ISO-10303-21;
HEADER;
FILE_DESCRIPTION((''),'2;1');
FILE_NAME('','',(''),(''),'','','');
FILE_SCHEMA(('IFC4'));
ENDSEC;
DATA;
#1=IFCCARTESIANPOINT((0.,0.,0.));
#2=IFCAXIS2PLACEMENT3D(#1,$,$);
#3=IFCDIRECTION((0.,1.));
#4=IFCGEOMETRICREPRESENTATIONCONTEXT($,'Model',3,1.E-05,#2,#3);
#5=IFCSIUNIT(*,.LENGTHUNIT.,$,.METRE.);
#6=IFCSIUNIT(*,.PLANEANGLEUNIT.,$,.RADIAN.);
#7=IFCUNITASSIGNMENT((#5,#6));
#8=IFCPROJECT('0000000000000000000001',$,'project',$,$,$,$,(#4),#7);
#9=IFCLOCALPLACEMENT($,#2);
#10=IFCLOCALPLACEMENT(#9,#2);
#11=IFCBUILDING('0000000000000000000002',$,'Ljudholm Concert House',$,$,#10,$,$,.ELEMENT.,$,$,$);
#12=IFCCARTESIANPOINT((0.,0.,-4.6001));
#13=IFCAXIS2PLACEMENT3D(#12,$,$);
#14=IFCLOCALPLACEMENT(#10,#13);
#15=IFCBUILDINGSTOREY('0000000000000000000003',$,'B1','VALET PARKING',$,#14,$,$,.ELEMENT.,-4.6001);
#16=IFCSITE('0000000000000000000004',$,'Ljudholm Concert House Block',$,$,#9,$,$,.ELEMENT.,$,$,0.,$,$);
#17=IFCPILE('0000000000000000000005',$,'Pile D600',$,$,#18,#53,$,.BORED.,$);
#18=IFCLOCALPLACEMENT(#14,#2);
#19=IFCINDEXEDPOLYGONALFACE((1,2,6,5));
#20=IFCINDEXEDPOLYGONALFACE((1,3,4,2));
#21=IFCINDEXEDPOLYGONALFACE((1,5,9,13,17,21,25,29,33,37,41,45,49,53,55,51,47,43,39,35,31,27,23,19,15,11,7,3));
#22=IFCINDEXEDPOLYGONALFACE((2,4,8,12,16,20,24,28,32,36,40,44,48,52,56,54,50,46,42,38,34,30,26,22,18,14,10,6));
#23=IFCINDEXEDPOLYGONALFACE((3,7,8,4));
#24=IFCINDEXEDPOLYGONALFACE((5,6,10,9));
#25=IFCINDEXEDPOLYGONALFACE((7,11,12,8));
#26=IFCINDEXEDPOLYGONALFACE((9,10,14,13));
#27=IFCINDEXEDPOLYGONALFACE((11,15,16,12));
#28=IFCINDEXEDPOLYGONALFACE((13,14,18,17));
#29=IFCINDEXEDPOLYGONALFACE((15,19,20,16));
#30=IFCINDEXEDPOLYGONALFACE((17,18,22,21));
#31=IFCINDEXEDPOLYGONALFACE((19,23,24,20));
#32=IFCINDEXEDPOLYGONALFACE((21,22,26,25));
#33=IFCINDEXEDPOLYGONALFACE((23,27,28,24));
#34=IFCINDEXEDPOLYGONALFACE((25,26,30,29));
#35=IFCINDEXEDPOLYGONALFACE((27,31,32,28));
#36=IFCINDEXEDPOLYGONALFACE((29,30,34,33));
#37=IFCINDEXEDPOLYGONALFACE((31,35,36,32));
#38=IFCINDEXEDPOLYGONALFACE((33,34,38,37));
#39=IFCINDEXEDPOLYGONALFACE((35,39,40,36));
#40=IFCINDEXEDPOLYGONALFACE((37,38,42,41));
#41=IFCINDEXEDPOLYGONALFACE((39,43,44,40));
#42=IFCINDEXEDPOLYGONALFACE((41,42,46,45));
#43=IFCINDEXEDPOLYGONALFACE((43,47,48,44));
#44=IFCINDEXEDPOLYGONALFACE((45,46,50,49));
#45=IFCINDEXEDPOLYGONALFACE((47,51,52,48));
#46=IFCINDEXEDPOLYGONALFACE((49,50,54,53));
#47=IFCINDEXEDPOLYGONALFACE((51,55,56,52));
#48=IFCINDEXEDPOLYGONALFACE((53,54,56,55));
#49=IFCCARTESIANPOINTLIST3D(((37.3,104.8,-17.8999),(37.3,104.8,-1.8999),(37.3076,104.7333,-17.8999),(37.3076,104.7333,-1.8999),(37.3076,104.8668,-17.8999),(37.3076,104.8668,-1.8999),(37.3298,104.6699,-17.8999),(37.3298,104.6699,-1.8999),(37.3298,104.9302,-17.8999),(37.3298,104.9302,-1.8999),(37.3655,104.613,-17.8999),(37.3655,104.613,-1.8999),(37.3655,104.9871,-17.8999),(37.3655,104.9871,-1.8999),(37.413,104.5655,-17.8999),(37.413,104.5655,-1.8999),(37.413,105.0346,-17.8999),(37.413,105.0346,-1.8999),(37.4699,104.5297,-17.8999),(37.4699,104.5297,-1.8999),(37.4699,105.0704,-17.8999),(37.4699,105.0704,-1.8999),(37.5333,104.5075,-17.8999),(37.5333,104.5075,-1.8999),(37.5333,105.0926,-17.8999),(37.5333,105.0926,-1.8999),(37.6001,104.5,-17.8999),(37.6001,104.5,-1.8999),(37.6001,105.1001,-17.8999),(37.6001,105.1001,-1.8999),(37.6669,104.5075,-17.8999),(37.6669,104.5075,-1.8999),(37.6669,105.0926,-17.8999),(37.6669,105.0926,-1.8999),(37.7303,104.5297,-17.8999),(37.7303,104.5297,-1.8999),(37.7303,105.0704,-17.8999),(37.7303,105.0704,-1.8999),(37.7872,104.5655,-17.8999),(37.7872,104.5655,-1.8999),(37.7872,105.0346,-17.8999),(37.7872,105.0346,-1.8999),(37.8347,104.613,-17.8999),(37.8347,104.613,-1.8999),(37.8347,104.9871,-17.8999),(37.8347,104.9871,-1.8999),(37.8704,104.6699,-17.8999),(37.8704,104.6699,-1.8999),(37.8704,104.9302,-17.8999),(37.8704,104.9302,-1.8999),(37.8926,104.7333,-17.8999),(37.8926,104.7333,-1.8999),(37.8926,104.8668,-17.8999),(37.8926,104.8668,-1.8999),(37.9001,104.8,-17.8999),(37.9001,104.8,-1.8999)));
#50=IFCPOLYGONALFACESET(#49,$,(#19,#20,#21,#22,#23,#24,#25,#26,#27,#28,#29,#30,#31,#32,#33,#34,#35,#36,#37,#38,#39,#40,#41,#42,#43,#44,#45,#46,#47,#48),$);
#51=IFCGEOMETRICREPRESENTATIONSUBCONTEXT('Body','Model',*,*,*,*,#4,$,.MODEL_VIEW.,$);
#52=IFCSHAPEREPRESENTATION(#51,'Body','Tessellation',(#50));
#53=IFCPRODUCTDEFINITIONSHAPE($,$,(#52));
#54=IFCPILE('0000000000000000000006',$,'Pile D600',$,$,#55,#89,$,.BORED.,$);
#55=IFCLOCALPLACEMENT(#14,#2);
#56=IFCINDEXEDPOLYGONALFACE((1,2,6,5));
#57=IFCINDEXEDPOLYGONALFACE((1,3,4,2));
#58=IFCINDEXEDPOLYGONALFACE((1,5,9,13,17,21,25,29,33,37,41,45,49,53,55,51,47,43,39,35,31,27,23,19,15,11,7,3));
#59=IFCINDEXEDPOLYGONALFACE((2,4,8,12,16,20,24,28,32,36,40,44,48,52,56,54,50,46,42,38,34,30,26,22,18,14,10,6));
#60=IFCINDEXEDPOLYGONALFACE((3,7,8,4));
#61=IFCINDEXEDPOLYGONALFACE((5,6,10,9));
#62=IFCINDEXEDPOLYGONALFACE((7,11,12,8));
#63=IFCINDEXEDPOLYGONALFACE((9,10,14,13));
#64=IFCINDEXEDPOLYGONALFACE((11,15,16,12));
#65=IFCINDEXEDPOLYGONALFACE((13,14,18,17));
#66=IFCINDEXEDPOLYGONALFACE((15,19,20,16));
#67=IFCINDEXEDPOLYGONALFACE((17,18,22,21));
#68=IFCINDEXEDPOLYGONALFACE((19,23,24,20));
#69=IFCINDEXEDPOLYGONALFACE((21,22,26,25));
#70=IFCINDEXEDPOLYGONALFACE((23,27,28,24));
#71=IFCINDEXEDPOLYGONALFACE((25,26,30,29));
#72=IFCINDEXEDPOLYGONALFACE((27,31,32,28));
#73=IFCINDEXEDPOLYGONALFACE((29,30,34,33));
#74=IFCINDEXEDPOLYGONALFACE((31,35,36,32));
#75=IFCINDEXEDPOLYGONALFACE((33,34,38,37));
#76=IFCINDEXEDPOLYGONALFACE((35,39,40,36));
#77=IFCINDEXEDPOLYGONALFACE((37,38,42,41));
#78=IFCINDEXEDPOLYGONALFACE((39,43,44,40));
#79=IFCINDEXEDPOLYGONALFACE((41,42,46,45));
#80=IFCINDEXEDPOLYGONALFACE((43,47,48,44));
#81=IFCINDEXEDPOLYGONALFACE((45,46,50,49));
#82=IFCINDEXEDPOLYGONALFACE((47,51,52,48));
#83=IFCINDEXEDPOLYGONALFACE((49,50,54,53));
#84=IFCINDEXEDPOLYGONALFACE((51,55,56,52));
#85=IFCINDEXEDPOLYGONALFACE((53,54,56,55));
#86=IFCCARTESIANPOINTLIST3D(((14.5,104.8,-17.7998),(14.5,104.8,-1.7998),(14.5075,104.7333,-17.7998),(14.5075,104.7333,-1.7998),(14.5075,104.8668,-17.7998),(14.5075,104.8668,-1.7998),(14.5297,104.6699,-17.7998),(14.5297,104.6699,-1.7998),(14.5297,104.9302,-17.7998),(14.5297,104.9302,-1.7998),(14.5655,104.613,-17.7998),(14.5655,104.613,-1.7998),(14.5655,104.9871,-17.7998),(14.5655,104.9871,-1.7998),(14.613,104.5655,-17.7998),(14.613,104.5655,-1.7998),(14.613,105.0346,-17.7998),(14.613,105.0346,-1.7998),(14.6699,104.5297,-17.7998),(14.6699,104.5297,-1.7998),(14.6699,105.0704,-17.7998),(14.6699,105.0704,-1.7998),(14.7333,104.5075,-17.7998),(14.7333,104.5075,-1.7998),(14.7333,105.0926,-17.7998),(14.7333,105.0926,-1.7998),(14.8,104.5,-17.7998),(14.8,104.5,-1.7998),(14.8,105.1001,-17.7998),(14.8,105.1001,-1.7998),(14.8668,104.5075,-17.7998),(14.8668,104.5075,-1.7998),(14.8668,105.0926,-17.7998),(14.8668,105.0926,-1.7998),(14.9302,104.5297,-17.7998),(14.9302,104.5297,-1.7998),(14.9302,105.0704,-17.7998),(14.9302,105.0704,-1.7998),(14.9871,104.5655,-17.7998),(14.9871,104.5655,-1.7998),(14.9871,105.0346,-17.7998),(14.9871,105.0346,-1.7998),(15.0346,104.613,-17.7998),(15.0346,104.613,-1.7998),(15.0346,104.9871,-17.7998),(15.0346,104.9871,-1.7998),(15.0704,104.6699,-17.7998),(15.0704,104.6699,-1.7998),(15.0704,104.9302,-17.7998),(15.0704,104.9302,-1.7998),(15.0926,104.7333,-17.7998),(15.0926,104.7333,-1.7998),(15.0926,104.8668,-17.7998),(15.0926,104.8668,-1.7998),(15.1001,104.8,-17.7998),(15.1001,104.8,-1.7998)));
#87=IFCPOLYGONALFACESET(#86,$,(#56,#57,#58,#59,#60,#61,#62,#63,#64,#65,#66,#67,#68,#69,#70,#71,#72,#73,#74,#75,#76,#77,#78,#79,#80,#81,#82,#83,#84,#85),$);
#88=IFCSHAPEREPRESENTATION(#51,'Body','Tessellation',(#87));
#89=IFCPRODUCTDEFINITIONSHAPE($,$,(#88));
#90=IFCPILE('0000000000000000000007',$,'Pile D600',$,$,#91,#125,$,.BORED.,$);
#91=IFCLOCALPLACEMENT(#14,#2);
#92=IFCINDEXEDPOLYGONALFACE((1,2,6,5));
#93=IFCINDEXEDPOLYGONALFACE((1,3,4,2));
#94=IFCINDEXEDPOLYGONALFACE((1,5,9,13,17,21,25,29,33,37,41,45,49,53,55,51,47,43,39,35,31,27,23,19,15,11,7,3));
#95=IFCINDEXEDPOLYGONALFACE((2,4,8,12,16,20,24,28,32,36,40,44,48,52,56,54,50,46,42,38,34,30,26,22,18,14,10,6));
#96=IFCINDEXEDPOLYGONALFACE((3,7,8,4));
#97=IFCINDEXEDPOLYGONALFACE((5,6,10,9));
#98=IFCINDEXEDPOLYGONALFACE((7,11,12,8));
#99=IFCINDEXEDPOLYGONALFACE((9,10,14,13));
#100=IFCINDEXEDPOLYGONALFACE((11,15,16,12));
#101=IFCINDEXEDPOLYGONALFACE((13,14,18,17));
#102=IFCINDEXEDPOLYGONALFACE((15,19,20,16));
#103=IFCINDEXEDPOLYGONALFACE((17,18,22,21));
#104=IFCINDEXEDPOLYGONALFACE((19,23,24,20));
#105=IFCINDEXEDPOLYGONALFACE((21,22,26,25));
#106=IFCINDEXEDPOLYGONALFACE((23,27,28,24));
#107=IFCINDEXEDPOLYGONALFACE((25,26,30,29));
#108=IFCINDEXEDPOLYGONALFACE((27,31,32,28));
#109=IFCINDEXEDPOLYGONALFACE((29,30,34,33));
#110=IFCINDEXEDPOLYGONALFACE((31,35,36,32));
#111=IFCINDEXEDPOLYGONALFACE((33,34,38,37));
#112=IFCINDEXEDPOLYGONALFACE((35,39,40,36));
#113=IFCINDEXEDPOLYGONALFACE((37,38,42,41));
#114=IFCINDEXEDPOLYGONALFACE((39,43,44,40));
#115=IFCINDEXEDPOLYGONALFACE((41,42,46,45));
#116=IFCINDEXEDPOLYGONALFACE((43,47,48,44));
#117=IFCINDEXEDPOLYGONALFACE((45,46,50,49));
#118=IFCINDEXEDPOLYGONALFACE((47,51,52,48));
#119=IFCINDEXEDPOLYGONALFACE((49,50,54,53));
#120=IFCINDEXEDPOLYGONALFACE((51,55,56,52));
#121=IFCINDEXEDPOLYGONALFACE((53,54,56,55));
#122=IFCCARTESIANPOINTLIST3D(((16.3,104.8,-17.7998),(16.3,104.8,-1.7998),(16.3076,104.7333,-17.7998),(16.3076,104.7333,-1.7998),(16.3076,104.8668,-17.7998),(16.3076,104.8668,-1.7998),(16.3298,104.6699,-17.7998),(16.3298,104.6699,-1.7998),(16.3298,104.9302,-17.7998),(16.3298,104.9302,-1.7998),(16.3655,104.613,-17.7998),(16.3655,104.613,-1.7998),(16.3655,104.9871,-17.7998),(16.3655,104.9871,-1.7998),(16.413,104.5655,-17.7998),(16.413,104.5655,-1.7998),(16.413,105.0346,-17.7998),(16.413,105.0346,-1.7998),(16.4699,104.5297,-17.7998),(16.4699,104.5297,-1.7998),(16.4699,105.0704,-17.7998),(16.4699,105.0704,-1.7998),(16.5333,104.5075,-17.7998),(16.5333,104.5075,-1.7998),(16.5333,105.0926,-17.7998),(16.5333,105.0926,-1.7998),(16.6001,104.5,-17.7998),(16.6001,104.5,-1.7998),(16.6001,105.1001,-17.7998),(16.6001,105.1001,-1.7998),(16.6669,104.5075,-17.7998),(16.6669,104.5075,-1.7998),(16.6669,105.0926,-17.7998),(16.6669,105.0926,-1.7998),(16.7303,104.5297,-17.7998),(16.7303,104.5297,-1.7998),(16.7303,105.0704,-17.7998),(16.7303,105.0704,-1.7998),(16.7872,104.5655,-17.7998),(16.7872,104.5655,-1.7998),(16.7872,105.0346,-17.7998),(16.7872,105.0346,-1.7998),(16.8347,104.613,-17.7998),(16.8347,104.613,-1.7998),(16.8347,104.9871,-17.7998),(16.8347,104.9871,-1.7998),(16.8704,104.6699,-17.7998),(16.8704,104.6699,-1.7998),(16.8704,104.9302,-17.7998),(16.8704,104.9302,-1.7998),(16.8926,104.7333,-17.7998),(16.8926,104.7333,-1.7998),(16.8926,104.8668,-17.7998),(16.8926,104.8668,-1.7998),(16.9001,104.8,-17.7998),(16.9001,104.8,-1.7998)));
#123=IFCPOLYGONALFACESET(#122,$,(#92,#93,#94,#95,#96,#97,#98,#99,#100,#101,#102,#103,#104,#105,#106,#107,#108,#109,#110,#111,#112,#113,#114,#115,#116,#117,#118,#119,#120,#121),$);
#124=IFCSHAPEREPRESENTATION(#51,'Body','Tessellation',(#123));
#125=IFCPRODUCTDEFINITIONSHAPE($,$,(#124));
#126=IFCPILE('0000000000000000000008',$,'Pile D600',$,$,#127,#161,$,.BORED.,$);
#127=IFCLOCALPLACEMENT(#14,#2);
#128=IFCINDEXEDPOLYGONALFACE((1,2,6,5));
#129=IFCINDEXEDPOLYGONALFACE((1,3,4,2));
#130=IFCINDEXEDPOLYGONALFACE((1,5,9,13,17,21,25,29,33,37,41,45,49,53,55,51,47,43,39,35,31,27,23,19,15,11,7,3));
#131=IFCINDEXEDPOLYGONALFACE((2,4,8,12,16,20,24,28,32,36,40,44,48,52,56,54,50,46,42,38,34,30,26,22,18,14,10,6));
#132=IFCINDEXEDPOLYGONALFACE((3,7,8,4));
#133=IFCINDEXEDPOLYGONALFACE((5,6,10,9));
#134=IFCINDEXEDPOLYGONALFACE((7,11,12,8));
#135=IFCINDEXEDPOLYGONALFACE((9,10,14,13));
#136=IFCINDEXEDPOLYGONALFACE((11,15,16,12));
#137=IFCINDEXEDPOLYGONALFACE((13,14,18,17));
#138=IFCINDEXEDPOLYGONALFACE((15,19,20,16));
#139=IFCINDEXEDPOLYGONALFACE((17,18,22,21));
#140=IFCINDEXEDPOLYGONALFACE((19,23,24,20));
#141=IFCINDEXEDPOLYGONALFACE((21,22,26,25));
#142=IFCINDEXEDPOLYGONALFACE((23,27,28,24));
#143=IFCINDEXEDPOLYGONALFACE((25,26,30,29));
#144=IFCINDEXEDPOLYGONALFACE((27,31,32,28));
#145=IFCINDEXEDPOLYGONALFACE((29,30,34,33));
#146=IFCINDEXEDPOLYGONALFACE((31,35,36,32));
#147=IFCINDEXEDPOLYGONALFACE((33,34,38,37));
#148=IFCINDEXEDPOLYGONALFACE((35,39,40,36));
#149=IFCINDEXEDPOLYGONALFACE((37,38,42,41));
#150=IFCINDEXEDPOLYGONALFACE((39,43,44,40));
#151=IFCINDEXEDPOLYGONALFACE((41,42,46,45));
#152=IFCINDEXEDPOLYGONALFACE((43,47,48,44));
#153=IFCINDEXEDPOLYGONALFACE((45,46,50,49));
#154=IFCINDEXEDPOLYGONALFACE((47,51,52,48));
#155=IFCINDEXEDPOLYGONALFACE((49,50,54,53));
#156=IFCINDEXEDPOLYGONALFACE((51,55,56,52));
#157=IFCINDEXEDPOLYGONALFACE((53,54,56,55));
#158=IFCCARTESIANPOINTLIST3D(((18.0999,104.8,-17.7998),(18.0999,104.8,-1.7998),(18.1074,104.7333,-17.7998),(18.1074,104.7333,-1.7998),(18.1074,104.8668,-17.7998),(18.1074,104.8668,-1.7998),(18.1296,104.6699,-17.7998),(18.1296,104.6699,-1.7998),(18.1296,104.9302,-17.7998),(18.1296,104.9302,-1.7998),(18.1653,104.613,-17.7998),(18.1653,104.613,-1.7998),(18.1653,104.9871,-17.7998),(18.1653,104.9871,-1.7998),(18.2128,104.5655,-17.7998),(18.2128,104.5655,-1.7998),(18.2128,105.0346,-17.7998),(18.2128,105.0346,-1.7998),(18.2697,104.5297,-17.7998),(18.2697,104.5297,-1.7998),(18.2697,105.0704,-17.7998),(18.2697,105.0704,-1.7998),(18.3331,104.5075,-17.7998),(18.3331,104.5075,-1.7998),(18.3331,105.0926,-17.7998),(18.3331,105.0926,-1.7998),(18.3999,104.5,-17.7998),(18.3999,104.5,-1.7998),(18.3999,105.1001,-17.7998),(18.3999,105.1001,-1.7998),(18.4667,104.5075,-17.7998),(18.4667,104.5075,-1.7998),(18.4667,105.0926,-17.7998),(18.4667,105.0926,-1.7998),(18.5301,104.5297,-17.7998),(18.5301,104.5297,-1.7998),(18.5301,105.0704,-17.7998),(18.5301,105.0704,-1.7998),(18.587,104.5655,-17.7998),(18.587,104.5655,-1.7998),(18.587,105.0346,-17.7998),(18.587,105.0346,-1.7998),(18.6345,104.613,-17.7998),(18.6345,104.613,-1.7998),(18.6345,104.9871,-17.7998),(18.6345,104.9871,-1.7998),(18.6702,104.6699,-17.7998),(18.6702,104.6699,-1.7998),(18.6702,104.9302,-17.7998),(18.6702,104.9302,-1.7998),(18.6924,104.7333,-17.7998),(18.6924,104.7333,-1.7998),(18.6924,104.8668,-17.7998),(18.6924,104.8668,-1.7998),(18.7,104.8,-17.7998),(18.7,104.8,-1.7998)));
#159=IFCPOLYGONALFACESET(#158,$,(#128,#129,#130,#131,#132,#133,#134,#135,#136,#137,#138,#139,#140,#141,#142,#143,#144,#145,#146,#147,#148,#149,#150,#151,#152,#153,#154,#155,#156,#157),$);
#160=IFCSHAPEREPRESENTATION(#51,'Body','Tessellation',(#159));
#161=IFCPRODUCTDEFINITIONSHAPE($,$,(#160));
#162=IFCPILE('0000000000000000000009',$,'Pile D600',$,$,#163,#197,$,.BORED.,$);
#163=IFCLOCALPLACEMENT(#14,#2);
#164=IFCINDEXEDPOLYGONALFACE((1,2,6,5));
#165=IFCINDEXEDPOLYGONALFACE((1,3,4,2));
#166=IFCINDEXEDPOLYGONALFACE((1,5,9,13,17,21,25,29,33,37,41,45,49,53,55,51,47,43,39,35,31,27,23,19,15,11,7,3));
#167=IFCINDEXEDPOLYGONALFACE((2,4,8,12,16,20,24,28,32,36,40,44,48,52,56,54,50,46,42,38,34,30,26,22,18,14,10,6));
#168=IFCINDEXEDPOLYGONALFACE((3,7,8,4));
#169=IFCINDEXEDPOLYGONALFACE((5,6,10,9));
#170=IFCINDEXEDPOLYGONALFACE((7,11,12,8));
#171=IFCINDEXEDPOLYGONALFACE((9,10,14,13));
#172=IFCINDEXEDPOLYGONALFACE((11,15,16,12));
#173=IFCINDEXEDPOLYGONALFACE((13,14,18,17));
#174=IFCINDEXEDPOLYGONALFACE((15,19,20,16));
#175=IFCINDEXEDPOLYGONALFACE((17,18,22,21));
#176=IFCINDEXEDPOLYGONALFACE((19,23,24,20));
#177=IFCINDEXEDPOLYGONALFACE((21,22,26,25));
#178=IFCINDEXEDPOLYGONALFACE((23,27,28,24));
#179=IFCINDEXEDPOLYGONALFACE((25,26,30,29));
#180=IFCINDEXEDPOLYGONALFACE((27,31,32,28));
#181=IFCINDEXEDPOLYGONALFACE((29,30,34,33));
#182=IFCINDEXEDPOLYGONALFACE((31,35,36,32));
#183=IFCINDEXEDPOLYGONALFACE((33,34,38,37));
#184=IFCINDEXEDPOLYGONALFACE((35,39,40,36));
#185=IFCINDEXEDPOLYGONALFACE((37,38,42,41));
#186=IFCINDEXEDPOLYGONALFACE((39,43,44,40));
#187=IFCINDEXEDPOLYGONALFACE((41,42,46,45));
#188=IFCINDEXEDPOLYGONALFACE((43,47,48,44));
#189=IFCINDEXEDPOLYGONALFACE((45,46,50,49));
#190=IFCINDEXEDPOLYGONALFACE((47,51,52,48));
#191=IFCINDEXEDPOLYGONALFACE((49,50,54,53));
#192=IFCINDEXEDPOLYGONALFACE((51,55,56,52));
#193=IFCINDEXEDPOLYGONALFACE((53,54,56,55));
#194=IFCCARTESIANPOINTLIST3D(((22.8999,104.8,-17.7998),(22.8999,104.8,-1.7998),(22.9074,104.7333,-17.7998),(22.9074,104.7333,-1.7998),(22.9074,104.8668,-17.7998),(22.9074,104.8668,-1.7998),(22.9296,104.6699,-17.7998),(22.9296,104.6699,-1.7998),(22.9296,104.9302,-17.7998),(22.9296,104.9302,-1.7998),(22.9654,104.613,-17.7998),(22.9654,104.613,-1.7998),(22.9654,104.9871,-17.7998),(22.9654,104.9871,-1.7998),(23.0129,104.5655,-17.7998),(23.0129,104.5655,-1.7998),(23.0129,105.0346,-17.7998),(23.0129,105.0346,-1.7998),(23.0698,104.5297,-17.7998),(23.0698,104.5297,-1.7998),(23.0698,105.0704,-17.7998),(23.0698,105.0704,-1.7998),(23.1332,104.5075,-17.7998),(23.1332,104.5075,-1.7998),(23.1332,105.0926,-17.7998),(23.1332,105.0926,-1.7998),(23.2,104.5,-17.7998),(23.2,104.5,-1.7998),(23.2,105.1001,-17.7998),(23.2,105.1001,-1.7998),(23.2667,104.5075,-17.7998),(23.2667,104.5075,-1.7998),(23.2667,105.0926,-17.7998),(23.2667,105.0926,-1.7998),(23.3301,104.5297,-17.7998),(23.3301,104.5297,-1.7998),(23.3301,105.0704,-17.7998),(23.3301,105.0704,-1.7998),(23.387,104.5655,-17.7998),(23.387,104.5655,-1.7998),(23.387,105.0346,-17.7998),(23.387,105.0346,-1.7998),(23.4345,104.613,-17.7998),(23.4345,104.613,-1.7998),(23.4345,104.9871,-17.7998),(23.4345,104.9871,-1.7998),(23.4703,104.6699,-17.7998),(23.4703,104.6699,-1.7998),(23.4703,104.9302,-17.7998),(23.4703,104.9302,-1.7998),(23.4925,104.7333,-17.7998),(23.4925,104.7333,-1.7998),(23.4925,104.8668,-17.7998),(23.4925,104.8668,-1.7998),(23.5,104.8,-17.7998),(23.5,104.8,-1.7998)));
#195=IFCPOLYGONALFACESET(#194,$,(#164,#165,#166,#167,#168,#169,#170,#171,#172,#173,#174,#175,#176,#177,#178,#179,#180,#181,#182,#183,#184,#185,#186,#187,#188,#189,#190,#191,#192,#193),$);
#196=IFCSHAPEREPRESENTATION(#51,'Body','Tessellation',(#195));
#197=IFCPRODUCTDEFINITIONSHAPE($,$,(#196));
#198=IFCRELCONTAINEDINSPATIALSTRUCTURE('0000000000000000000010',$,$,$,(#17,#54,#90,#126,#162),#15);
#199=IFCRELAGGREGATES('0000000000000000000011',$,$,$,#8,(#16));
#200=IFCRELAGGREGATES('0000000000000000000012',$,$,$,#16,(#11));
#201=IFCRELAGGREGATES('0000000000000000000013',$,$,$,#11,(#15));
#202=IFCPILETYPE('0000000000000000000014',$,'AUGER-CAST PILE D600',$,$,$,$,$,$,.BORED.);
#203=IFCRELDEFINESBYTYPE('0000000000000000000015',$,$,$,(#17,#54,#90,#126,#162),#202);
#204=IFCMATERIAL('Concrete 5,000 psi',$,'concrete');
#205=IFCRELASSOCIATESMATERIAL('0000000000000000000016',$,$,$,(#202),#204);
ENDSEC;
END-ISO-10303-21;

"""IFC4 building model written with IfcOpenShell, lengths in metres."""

from ifc_helpers import new_model, si_unit, direction, frame, origin, origin_2d, place, context, subcontext, project, spatial, circle, extrude, material, material_profile, profile_set, type_object, element, save


model = new_model("IFC4")

# Units and contexts
model_context = context("Model", 3, precision=1e-05, world=origin(), true_north=direction((0.0, 1.0)))
body_context = subcontext(model_context, "Body", "Model", "MODEL_VIEW")
ifc_project = project(units=[si_unit("LENGTHUNIT", "METRE"), si_unit("PLANEANGLEUNIT", "RADIAN")], contexts=[model_context])

# Site, building, storey
site_placement = place(None, origin())
site = spatial("IfcSite", under=ifc_project, at=site_placement, Name="Ljudholm Concert House Block", CompositionType="ELEMENT", RefElevation=0.0)
building_placement = place(site_placement, origin())
building = spatial("IfcBuilding", under=site, at=building_placement, Name="Ljudholm Concert House", CompositionType="ELEMENT")
storey_placement = place(building_placement, frame((0.0, 0.0, -4.6001)))
storey = spatial("IfcBuildingStorey", under=building, at=storey_placement, Name="B1", Description="VALET PARKING", CompositionType="ELEMENT", Elevation=-4.6001)

# Piles
ifc_material_1 = material(Name="Concrete 5,000 psi", Category="concrete")
ifc_material_profile = material_profile(ifc_material_1, circle(Radius=0.3, at=origin_2d()), Name="AUGER-CAST PILE D600")
ifc_profile_set = profile_set([ifc_material_profile], Name="Concrete 5,000 psi")
pile_type = type_object("IfcPileType", Name="AUGER-CAST PILE D600", PredefinedType="BORED", material=ifc_profile_set)
for number, where, z_axis, x_axis, name in (
    (1, (37.6001, 104.8, -1.8999), (0.0, 0.0, -1.0), (1.0, 0.0, 0.0), "Pile D600"),
    (2, (14.8, 104.8, -1.7998), (0.0, 0.0, -1.0), (1.0, 0.0, 0.0), "Pile D600"),
    (3, (16.6001, 104.8, -1.7998), (0.0, 0.0, -1.0), (1.0, 0.0, 0.0), "Pile D600"),
    (4, (18.3999, 104.8, -1.7998), (0.0, 0.0, -1.0), (1.0, 0.0, 0.0), "Pile D600"),
    (5, (23.2, 104.8, -1.7998), (0.0, 0.0, -1.0), (1.0, 0.0, 0.0), "Pile D600"),
):
    element("IfcPile", number, at=place(storey_placement, frame(where, z_axis=z_axis, x_axis=x_axis)), inside=storey, type_object=pile_type, Name=name, PredefinedType="BORED", context=body_context, shape_type="SweptSolid", body=[
        extrude(circle(Radius=0.3, at=origin_2d()), origin(), (0.0, 0.0, 1.0), 16.0),
    ])

save(model, "model.ifc")
